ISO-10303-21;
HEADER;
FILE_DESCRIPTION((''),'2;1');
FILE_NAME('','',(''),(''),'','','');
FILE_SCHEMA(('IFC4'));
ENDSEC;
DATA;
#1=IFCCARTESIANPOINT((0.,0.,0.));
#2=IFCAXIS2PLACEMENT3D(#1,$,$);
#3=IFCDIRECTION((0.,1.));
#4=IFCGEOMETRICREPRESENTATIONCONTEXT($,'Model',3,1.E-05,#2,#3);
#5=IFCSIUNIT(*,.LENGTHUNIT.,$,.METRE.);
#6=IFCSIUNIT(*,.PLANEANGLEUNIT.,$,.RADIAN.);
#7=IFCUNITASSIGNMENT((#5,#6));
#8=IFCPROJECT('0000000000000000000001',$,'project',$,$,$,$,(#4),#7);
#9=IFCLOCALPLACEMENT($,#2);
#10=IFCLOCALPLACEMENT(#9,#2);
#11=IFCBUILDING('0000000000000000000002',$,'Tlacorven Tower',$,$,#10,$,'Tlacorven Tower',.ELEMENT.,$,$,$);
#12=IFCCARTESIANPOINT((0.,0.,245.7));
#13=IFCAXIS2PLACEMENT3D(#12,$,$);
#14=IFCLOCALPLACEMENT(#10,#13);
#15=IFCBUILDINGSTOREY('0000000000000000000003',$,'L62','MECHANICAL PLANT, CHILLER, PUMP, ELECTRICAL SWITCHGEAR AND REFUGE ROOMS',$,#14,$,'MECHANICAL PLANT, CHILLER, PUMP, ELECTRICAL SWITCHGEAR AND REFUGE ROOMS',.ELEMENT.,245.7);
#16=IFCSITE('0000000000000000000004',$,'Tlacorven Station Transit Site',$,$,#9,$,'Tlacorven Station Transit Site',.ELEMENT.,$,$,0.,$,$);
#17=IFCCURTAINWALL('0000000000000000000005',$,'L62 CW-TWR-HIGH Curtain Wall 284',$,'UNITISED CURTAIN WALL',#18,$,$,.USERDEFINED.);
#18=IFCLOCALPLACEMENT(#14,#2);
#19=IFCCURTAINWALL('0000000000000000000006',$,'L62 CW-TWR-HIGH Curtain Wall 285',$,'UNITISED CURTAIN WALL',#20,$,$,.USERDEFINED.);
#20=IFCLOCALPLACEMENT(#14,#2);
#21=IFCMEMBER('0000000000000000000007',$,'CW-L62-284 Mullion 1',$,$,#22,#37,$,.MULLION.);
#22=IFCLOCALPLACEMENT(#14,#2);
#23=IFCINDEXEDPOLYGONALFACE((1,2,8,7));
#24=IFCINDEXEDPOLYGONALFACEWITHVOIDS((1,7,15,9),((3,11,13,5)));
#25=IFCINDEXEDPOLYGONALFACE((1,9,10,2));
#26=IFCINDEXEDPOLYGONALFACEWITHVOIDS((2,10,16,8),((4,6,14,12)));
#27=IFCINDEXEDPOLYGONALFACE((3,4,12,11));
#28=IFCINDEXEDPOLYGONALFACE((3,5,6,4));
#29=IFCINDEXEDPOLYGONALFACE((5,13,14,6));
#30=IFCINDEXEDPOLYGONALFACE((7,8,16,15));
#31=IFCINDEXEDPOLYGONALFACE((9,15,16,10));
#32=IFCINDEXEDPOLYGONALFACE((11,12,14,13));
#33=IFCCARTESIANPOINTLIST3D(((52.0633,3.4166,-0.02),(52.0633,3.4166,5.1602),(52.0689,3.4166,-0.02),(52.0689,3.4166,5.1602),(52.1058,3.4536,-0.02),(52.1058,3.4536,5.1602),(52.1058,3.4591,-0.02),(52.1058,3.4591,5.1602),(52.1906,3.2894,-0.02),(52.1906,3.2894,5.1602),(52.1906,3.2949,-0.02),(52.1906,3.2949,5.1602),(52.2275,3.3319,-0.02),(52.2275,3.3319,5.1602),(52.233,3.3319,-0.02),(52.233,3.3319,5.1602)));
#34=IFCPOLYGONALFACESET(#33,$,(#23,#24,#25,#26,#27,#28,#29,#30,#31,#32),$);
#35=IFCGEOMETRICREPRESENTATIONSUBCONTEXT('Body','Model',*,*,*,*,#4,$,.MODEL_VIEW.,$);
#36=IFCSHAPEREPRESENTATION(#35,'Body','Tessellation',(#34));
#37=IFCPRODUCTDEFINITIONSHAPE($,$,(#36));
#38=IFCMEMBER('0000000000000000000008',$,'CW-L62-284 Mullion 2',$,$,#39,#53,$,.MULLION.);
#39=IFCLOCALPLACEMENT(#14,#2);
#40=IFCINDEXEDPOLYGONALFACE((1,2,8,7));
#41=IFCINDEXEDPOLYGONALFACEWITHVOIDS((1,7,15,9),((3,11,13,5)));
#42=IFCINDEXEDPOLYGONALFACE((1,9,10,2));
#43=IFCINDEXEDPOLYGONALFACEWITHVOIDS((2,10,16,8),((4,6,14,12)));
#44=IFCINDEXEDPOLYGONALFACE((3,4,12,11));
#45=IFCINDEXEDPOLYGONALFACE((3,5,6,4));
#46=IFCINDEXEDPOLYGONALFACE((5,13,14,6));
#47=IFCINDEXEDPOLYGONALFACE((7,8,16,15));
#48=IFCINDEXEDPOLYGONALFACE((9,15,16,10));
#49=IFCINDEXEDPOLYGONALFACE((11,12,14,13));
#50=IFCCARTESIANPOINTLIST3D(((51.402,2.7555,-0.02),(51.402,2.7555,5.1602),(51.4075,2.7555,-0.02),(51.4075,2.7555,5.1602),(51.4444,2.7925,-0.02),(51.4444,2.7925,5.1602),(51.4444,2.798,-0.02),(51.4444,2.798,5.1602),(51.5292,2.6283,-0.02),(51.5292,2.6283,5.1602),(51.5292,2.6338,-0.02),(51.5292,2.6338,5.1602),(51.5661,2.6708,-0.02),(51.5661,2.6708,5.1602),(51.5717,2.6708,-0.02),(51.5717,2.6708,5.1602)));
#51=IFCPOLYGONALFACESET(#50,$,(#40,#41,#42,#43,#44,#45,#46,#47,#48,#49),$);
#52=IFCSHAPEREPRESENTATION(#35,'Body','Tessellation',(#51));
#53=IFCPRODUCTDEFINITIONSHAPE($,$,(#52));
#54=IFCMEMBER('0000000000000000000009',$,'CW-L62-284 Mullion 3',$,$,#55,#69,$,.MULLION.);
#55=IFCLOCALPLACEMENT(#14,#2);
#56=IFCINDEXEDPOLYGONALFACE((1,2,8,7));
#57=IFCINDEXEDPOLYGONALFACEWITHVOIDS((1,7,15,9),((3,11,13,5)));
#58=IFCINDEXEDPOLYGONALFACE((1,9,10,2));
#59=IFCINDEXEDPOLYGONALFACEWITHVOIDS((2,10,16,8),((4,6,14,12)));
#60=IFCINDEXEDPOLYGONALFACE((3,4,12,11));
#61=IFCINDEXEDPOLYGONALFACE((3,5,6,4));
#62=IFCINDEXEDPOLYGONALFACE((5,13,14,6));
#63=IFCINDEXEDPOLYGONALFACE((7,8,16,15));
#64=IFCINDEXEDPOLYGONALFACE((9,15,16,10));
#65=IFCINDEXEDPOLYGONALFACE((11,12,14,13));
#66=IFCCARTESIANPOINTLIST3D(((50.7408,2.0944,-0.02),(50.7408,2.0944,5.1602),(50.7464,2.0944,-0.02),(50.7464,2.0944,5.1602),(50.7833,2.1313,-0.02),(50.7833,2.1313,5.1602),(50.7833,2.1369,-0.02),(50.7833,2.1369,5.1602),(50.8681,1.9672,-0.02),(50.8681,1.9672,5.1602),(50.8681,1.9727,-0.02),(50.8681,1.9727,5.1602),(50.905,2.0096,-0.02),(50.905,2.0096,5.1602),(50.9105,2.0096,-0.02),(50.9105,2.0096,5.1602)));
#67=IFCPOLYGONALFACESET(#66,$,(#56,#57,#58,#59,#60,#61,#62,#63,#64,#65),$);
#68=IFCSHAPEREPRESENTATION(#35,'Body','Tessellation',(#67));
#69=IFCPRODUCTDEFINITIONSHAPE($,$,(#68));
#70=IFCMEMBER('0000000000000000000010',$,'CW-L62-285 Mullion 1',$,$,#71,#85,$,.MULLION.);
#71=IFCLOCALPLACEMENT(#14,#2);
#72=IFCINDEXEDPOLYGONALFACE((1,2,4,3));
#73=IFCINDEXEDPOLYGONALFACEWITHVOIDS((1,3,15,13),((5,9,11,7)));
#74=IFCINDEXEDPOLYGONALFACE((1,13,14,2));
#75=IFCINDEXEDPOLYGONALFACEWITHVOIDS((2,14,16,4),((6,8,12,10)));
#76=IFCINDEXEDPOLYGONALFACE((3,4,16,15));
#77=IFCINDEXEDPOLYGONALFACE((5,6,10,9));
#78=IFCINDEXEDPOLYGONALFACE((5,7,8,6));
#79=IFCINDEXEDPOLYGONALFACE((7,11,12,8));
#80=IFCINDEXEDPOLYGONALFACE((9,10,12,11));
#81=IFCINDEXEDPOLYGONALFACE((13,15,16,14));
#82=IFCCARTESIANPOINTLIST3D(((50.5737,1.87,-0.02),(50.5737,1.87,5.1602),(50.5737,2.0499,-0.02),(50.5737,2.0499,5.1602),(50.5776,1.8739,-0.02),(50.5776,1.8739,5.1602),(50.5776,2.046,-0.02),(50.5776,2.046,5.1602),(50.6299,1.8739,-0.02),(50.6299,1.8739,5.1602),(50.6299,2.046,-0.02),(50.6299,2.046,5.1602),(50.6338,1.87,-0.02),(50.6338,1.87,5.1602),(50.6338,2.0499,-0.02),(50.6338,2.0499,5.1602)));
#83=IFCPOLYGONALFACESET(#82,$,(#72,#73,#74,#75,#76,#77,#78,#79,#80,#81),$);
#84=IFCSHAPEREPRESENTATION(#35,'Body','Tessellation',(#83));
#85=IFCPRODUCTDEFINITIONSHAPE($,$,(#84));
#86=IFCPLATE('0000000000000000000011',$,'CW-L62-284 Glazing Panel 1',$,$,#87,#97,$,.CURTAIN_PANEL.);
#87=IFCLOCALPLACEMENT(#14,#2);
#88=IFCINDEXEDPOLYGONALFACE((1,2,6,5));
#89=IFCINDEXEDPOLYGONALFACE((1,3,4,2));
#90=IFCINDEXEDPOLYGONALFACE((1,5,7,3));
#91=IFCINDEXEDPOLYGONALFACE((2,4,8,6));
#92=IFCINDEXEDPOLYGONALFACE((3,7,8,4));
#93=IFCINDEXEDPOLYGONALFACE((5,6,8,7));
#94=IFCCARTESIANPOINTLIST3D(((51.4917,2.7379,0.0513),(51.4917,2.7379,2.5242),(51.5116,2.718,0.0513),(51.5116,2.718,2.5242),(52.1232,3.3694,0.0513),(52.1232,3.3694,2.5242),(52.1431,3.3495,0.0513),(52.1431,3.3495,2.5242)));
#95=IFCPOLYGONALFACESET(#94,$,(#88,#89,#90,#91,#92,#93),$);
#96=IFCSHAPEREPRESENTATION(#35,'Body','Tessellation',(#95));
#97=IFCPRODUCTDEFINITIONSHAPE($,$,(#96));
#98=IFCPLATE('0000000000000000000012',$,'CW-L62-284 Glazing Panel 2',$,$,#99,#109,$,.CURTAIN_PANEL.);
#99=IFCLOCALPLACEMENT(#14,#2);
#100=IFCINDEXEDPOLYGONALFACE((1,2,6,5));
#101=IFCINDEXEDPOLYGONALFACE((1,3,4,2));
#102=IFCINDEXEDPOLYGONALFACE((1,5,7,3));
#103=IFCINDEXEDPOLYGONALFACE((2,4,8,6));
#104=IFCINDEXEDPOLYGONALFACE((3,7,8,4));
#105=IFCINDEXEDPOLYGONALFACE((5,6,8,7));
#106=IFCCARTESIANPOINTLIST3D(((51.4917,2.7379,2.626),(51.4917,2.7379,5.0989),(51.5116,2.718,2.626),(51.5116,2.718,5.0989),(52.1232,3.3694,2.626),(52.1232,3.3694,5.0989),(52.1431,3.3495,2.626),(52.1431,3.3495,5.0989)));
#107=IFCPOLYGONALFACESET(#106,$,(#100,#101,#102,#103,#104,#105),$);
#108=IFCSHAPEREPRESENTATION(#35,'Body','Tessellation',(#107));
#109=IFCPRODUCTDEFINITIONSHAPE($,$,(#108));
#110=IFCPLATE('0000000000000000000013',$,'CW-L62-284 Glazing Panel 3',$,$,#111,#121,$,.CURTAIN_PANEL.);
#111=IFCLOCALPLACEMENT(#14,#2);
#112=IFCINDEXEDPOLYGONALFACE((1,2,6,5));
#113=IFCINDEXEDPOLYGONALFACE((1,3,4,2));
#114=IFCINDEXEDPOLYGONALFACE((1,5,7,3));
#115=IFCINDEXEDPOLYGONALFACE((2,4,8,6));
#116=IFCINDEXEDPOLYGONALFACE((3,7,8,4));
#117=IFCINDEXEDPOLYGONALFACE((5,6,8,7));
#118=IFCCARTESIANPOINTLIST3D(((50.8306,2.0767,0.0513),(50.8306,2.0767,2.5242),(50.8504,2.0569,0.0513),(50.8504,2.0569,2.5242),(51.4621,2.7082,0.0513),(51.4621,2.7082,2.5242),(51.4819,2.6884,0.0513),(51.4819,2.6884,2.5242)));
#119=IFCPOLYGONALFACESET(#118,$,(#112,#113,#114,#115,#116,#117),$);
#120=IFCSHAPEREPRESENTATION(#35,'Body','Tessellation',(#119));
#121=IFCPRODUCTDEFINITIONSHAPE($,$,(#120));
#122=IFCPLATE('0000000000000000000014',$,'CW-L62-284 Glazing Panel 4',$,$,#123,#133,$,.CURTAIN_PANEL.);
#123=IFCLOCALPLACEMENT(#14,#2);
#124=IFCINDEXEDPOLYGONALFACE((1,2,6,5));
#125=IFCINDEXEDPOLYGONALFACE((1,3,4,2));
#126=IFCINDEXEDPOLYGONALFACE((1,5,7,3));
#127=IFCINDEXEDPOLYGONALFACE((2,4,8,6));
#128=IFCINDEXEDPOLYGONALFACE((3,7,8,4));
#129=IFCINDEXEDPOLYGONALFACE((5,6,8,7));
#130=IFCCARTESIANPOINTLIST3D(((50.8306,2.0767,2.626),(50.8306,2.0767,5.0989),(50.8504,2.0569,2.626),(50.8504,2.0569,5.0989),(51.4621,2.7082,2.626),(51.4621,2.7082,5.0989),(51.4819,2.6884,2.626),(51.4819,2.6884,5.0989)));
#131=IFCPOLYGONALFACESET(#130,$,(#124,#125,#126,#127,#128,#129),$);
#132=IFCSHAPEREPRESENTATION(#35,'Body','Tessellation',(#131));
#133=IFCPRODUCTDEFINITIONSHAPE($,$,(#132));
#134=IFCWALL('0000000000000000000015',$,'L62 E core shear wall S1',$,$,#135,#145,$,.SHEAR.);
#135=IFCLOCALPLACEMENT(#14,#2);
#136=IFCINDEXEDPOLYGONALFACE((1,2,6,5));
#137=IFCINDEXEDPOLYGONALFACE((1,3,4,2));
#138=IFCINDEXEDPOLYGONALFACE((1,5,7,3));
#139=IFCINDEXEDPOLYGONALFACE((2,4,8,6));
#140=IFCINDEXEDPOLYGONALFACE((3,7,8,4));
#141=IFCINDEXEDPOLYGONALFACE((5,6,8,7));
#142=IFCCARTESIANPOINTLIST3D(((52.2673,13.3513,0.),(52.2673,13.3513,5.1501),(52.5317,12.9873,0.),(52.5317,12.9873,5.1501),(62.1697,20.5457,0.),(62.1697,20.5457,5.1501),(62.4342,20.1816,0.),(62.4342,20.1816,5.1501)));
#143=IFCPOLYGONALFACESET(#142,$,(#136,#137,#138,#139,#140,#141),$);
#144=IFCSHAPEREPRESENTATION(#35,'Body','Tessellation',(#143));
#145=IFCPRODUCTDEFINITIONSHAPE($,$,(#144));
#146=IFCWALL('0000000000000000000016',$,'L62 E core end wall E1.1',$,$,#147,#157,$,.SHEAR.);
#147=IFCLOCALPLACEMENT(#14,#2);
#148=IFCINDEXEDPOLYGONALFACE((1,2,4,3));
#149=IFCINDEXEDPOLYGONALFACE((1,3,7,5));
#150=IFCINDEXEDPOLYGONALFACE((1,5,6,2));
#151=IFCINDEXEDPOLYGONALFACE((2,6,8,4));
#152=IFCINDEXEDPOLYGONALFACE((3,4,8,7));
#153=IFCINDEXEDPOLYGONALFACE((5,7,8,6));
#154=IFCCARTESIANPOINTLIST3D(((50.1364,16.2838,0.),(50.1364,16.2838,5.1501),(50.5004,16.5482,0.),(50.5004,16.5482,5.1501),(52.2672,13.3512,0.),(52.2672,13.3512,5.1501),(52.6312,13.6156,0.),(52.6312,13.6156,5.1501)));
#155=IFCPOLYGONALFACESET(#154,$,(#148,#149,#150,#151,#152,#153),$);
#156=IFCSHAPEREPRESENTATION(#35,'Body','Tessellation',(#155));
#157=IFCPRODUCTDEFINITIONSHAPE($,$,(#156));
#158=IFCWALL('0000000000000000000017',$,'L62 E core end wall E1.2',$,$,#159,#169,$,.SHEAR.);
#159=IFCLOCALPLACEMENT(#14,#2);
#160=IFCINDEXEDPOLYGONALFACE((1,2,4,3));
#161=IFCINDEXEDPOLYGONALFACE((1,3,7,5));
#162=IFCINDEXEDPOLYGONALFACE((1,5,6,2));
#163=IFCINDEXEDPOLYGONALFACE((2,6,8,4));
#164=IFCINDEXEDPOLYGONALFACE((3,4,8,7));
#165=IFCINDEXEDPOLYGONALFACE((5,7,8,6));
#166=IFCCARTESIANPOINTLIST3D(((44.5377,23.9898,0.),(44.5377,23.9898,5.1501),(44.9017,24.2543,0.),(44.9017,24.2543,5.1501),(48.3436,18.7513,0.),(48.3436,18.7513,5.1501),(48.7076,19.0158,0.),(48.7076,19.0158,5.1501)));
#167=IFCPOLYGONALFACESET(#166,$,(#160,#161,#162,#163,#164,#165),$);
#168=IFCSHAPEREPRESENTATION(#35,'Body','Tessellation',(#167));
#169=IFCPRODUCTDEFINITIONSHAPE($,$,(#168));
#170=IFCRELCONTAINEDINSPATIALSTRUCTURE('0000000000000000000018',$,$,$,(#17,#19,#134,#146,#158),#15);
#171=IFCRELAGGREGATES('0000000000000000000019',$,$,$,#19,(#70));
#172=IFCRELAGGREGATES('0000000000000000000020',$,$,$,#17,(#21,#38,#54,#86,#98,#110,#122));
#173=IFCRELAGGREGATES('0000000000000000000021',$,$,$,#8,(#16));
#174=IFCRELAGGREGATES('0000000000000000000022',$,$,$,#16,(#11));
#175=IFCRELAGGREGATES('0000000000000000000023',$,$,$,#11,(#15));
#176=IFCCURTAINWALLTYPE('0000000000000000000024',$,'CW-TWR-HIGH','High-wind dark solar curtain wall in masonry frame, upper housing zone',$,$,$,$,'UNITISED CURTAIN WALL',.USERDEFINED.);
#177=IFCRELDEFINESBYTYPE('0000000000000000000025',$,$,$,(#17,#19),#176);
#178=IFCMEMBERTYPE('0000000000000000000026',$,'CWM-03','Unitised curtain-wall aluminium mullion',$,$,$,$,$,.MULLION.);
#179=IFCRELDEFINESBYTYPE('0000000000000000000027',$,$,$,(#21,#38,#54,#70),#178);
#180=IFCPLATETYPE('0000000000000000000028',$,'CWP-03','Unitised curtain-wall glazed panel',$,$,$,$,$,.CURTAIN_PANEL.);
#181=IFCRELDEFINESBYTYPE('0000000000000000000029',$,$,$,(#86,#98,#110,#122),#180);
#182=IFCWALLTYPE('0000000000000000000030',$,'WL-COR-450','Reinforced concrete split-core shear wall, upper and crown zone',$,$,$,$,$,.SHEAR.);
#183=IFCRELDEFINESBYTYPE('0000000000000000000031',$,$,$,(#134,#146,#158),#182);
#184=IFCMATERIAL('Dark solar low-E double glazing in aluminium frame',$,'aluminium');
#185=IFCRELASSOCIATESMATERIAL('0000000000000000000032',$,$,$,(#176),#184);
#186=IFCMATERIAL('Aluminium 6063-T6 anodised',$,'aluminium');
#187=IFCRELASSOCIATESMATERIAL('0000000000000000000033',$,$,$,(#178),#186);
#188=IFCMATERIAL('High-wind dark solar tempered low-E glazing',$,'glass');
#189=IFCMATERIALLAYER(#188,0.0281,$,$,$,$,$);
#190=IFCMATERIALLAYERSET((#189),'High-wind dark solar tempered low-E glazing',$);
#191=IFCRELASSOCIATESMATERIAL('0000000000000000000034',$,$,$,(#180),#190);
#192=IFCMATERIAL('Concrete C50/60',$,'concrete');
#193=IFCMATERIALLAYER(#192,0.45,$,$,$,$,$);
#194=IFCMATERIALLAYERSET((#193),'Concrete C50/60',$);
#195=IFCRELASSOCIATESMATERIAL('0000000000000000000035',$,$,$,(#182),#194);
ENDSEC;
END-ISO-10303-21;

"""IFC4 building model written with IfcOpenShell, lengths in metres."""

from ifc_helpers import new_model, si_unit, direction, frame, frame_2d, origin, origin_2d, place, context, subcontext, project, spatial, rectangle, hollow_rectangle, extrude, source, transform, mapped, material, layer, layer_set, material_profile, profile_set, type_object, element, aggregate, save


model = new_model("IFC4")

# Units and contexts
model_context = context("Model", 3, precision=1e-05, world=origin(), true_north=direction((0.0, 1.0)))
body_context = subcontext(model_context, "Body", "Model", "MODEL_VIEW")
ifc_project = project(units=[si_unit("LENGTHUNIT", "METRE"), si_unit("PLANEANGLEUNIT", "RADIAN")], contexts=[model_context])

# Site, building, storey
site_placement = place(None, origin())
site = spatial("IfcSite", under=ifc_project, at=site_placement, Name="Tlacorven Station Transit Site", LongName="Tlacorven Station Transit Site", CompositionType="ELEMENT", RefElevation=0.0)
building_placement = place(site_placement, origin())
building = spatial("IfcBuilding", under=site, at=building_placement, Name="Tlacorven Tower", LongName="Tlacorven Tower", CompositionType="ELEMENT")
storey_placement = place(building_placement, frame((0.0, 0.0, 245.7)))
storey = spatial("IfcBuildingStorey", under=building, at=storey_placement, Name="L62", Description="MECHANICAL PLANT, CHILLER, PUMP, ELECTRICAL SWITCHGEAR AND REFUGE ROOMS", LongName="MECHANICAL PLANT, CHILLER, PUMP, ELECTRICAL SWITCHGEAR AND REFUGE ROOMS", CompositionType="ELEMENT", Elevation=245.7)

# Curtain walls
ifc_material_1 = material(Name="Dark solar low-E double glazing in aluminium frame", Category="aluminium")
curtain_wall_type = type_object("IfcCurtainWallType", Name="CW-TWR-HIGH", Description="High-wind dark solar curtain wall in masonry frame, upper housing zone", ElementType="UNITISED CURTAIN WALL", PredefinedType="USERDEFINED", material=ifc_material_1)
curtain_wall_1_placement = place(storey_placement, origin())
curtain_wall_1 = element("IfcCurtainWall", 1, at=curtain_wall_1_placement, inside=storey, type_object=curtain_wall_type, Name="L62 CW-TWR-HIGH Curtain Wall 284", ObjectType="UNITISED CURTAIN WALL", PredefinedType="USERDEFINED")
ifc_material_2 = material(Name="Aluminium 6063-T6 anodised", Category="aluminium")
curtain_wall_2_placement = place(storey_placement, origin())
curtain_wall_2 = element("IfcCurtainWall", 2, at=curtain_wall_2_placement, inside=storey, type_object=curtain_wall_type, Name="L62 CW-TWR-HIGH Curtain Wall 285", ObjectType="UNITISED CURTAIN WALL", PredefinedType="USERDEFINED")

# Members
ifc_material_profile_1 = material_profile(ifc_material_2, hollow_rectangle(XDim=0.0601, YDim=0.1799, WallThickness=0.0039, at=origin_2d()), Name="ALU MULLION 60X180")
ifc_profile_set_1 = profile_set([ifc_material_profile_1], Name="Aluminium 6063-T6 anodised")
member_type_1 = type_object("IfcMemberType", Name="CWM-03", Description="Unitised curtain-wall aluminium mullion", PredefinedType="MULLION", material=ifc_profile_set_1)
shared_shape_1 = source(origin(), body_context, "Body", "SweptSolid", [
    extrude(hollow_rectangle(XDim=0.0601, YDim=0.1799, WallThickness=0.0039, at=origin_2d()), origin(), (0.0, 0.0, 1.0), 5.1802),
])
member_1_placement = place(storey_placement, frame((52.1482, 3.3743, -0.02), z_axis=(0.0, 0.0, 1.0), x_axis=(-0.707107, -0.707107, 0.0)))
member_1 = element("IfcMember", 3, at=member_1_placement, type_object=member_type_1, Name="CW-L62-284 Mullion 1", PredefinedType="MULLION", context=body_context, shape_type="MappedRepresentation", body=[
    mapped(shared_shape_1, transform((0.0, 0.0, 0.0), scale=1.0)),
])
member_2_placement = place(storey_placement, frame((51.4868, 2.7131, -0.02), z_axis=(0.0, 0.0, 1.0), x_axis=(-0.707107, -0.707107, 0.0)))
member_2 = element("IfcMember", 4, at=member_2_placement, type_object=member_type_1, Name="CW-L62-284 Mullion 2", PredefinedType="MULLION", context=body_context, shape_type="MappedRepresentation", body=[
    mapped(shared_shape_1, transform((0.0, 0.0, 0.0), scale=1.0)),
])
member_3_placement = place(storey_placement, frame((50.8257, 2.052, -0.02), z_axis=(0.0, 0.0, 1.0), x_axis=(-0.707107, -0.707107, 0.0)))
member_3 = element("IfcMember", 5, at=member_3_placement, type_object=member_type_1, Name="CW-L62-284 Mullion 3", PredefinedType="MULLION", context=body_context, shape_type="MappedRepresentation", body=[
    mapped(shared_shape_1, transform((0.0, 0.0, 0.0), scale=1.0)),
])
member_4_placement = place(storey_placement, frame((50.6038, 1.96, -0.02), z_axis=(0.0, 0.0, 1.0), x_axis=(-1.0, 0.0, 0.0)))
member_4 = element("IfcMember", 6, at=member_4_placement, type_object=member_type_1, Name="CW-L62-285 Mullion 1", PredefinedType="MULLION", context=body_context, shape_type="MappedRepresentation", body=[
    mapped(shared_shape_1, transform((0.0, 0.0, 0.0), scale=1.0)),
])
aggregate(curtain_wall_2, [member_4])

# Plates
ifc_material_3 = material(Name="High-wind dark solar tempered low-E glazing", Category="glass")
ifc_layer_1 = layer(ifc_material_3, 0.0281)
ifc_layer_set_1 = layer_set([ifc_layer_1], Name="High-wind dark solar tempered low-E glazing")
plate_type = type_object("IfcPlateType", Name="CWP-03", Description="Unitised curtain-wall glazed panel", PredefinedType="CURTAIN_PANEL", material=ifc_layer_set_1)
shared_shape_2 = source(origin(), body_context, "Body", "SweptSolid", [
    extrude(rectangle(XDim=0.8931, YDim=0.0281, at=origin_2d()), origin(), (0.0, 0.0, 1.0), 2.4729),
])
plate_1_placement = place(storey_placement, frame((51.8174, 3.0437, 0.0513), z_axis=(0.0, 0.0, 1.0), x_axis=(-0.707107, -0.707107, 0.0)))
plate_1 = element("IfcPlate", 7, at=plate_1_placement, type_object=plate_type, Name="CW-L62-284 Glazing Panel 1", PredefinedType="CURTAIN_PANEL", context=body_context, shape_type="MappedRepresentation", body=[
    mapped(shared_shape_2, transform((0.0, 0.0, 0.0), scale=1.0)),
])
plate_2_placement = place(storey_placement, frame((51.8174, 3.0437, 2.626), z_axis=(0.0, 0.0, 1.0), x_axis=(-0.707107, -0.707107, 0.0)))
plate_2 = element("IfcPlate", 8, at=plate_2_placement, type_object=plate_type, Name="CW-L62-284 Glazing Panel 2", PredefinedType="CURTAIN_PANEL", context=body_context, shape_type="MappedRepresentation", body=[
    mapped(shared_shape_2, transform((0.0, 0.0, 0.0), scale=1.0)),
])
plate_3_placement = place(storey_placement, frame((51.1562, 2.3826, 0.0513), z_axis=(0.0, 0.0, 1.0), x_axis=(-0.707107, -0.707107, 0.0)))
plate_3 = element("IfcPlate", 9, at=plate_3_placement, type_object=plate_type, Name="CW-L62-284 Glazing Panel 3", PredefinedType="CURTAIN_PANEL", context=body_context, shape_type="MappedRepresentation", body=[
    mapped(shared_shape_2, transform((0.0, 0.0, 0.0), scale=1.0)),
])
plate_4_placement = place(storey_placement, frame((51.1562, 2.3826, 2.626), z_axis=(0.0, 0.0, 1.0), x_axis=(-0.707107, -0.707107, 0.0)))
plate_4 = element("IfcPlate", 10, at=plate_4_placement, type_object=plate_type, Name="CW-L62-284 Glazing Panel 4", PredefinedType="CURTAIN_PANEL", context=body_context, shape_type="MappedRepresentation", body=[
    mapped(shared_shape_2, transform((0.0, 0.0, 0.0), scale=1.0)),
])
aggregate(curtain_wall_1, [member_1, member_2, member_3, plate_1, plate_2, plate_3, plate_4])

# Walls
ifc_material_4 = material(Name="Concrete C50/60", Category="concrete")
ifc_layer_2 = layer(ifc_material_4, 0.45)
ifc_layer_set_2 = layer_set([ifc_layer_2], Name="Concrete C50/60")
wall_type_1 = type_object("IfcWallType", Name="WL-COR-450", Description="Reinforced concrete split-core shear wall, upper and crown zone", PredefinedType="SHEAR", material=ifc_layer_set_2)
wall_1_placement = place(storey_placement, frame((52.3994, 13.1692, 0.0), z_axis=(0.0, 0.0, 1.0), x_axis=(0.809022, 0.587778, 0.0)))
element("IfcWall", 11, at=wall_1_placement, inside=storey, type_object=wall_type_1, Name="L62 E core shear wall S1", PredefinedType="SHEAR", context=body_context, shape_type="SweptSolid", body=[
    extrude(rectangle(XDim=12.24, YDim=0.45, at=frame_2d((6.1201, 0.0))), origin(), (0.0, 0.0, 1.0), 5.1501),
])
wall_2_placement = place(storey_placement, frame((52.4492, 13.4834, 0.0), z_axis=(0.0, 0.0, 1.0), x_axis=(-0.587819, 0.808992, 0.0)))
element("IfcWall", 12, at=wall_2_placement, inside=storey, type_object=wall_type_1, Name="L62 E core end wall E1.1", PredefinedType="SHEAR", context=body_context, shape_type="SweptSolid", body=[
    extrude(rectangle(XDim=3.625, YDim=0.45, at=frame_2d((1.8125, 0.0))), origin(), (0.0, 0.0, 1.0), 5.1501),
])
wall_3_placement = place(storey_placement, frame((48.5256, 18.8835, 0.0), z_axis=(0.0, 0.0, 1.0), x_axis=(-0.587775, 0.809025, 0.0)))
element("IfcWall", 13, at=wall_3_placement, inside=storey, type_object=wall_type_1, Name="L62 E core end wall E1.2", PredefinedType="SHEAR", context=body_context, shape_type="SweptSolid", body=[
    extrude(rectangle(XDim=6.4751, YDim=0.45, at=frame_2d((3.2375, 0.0))), origin(), (0.0, 0.0, 1.0), 5.1501),
])

save(model, "model.ifc")
